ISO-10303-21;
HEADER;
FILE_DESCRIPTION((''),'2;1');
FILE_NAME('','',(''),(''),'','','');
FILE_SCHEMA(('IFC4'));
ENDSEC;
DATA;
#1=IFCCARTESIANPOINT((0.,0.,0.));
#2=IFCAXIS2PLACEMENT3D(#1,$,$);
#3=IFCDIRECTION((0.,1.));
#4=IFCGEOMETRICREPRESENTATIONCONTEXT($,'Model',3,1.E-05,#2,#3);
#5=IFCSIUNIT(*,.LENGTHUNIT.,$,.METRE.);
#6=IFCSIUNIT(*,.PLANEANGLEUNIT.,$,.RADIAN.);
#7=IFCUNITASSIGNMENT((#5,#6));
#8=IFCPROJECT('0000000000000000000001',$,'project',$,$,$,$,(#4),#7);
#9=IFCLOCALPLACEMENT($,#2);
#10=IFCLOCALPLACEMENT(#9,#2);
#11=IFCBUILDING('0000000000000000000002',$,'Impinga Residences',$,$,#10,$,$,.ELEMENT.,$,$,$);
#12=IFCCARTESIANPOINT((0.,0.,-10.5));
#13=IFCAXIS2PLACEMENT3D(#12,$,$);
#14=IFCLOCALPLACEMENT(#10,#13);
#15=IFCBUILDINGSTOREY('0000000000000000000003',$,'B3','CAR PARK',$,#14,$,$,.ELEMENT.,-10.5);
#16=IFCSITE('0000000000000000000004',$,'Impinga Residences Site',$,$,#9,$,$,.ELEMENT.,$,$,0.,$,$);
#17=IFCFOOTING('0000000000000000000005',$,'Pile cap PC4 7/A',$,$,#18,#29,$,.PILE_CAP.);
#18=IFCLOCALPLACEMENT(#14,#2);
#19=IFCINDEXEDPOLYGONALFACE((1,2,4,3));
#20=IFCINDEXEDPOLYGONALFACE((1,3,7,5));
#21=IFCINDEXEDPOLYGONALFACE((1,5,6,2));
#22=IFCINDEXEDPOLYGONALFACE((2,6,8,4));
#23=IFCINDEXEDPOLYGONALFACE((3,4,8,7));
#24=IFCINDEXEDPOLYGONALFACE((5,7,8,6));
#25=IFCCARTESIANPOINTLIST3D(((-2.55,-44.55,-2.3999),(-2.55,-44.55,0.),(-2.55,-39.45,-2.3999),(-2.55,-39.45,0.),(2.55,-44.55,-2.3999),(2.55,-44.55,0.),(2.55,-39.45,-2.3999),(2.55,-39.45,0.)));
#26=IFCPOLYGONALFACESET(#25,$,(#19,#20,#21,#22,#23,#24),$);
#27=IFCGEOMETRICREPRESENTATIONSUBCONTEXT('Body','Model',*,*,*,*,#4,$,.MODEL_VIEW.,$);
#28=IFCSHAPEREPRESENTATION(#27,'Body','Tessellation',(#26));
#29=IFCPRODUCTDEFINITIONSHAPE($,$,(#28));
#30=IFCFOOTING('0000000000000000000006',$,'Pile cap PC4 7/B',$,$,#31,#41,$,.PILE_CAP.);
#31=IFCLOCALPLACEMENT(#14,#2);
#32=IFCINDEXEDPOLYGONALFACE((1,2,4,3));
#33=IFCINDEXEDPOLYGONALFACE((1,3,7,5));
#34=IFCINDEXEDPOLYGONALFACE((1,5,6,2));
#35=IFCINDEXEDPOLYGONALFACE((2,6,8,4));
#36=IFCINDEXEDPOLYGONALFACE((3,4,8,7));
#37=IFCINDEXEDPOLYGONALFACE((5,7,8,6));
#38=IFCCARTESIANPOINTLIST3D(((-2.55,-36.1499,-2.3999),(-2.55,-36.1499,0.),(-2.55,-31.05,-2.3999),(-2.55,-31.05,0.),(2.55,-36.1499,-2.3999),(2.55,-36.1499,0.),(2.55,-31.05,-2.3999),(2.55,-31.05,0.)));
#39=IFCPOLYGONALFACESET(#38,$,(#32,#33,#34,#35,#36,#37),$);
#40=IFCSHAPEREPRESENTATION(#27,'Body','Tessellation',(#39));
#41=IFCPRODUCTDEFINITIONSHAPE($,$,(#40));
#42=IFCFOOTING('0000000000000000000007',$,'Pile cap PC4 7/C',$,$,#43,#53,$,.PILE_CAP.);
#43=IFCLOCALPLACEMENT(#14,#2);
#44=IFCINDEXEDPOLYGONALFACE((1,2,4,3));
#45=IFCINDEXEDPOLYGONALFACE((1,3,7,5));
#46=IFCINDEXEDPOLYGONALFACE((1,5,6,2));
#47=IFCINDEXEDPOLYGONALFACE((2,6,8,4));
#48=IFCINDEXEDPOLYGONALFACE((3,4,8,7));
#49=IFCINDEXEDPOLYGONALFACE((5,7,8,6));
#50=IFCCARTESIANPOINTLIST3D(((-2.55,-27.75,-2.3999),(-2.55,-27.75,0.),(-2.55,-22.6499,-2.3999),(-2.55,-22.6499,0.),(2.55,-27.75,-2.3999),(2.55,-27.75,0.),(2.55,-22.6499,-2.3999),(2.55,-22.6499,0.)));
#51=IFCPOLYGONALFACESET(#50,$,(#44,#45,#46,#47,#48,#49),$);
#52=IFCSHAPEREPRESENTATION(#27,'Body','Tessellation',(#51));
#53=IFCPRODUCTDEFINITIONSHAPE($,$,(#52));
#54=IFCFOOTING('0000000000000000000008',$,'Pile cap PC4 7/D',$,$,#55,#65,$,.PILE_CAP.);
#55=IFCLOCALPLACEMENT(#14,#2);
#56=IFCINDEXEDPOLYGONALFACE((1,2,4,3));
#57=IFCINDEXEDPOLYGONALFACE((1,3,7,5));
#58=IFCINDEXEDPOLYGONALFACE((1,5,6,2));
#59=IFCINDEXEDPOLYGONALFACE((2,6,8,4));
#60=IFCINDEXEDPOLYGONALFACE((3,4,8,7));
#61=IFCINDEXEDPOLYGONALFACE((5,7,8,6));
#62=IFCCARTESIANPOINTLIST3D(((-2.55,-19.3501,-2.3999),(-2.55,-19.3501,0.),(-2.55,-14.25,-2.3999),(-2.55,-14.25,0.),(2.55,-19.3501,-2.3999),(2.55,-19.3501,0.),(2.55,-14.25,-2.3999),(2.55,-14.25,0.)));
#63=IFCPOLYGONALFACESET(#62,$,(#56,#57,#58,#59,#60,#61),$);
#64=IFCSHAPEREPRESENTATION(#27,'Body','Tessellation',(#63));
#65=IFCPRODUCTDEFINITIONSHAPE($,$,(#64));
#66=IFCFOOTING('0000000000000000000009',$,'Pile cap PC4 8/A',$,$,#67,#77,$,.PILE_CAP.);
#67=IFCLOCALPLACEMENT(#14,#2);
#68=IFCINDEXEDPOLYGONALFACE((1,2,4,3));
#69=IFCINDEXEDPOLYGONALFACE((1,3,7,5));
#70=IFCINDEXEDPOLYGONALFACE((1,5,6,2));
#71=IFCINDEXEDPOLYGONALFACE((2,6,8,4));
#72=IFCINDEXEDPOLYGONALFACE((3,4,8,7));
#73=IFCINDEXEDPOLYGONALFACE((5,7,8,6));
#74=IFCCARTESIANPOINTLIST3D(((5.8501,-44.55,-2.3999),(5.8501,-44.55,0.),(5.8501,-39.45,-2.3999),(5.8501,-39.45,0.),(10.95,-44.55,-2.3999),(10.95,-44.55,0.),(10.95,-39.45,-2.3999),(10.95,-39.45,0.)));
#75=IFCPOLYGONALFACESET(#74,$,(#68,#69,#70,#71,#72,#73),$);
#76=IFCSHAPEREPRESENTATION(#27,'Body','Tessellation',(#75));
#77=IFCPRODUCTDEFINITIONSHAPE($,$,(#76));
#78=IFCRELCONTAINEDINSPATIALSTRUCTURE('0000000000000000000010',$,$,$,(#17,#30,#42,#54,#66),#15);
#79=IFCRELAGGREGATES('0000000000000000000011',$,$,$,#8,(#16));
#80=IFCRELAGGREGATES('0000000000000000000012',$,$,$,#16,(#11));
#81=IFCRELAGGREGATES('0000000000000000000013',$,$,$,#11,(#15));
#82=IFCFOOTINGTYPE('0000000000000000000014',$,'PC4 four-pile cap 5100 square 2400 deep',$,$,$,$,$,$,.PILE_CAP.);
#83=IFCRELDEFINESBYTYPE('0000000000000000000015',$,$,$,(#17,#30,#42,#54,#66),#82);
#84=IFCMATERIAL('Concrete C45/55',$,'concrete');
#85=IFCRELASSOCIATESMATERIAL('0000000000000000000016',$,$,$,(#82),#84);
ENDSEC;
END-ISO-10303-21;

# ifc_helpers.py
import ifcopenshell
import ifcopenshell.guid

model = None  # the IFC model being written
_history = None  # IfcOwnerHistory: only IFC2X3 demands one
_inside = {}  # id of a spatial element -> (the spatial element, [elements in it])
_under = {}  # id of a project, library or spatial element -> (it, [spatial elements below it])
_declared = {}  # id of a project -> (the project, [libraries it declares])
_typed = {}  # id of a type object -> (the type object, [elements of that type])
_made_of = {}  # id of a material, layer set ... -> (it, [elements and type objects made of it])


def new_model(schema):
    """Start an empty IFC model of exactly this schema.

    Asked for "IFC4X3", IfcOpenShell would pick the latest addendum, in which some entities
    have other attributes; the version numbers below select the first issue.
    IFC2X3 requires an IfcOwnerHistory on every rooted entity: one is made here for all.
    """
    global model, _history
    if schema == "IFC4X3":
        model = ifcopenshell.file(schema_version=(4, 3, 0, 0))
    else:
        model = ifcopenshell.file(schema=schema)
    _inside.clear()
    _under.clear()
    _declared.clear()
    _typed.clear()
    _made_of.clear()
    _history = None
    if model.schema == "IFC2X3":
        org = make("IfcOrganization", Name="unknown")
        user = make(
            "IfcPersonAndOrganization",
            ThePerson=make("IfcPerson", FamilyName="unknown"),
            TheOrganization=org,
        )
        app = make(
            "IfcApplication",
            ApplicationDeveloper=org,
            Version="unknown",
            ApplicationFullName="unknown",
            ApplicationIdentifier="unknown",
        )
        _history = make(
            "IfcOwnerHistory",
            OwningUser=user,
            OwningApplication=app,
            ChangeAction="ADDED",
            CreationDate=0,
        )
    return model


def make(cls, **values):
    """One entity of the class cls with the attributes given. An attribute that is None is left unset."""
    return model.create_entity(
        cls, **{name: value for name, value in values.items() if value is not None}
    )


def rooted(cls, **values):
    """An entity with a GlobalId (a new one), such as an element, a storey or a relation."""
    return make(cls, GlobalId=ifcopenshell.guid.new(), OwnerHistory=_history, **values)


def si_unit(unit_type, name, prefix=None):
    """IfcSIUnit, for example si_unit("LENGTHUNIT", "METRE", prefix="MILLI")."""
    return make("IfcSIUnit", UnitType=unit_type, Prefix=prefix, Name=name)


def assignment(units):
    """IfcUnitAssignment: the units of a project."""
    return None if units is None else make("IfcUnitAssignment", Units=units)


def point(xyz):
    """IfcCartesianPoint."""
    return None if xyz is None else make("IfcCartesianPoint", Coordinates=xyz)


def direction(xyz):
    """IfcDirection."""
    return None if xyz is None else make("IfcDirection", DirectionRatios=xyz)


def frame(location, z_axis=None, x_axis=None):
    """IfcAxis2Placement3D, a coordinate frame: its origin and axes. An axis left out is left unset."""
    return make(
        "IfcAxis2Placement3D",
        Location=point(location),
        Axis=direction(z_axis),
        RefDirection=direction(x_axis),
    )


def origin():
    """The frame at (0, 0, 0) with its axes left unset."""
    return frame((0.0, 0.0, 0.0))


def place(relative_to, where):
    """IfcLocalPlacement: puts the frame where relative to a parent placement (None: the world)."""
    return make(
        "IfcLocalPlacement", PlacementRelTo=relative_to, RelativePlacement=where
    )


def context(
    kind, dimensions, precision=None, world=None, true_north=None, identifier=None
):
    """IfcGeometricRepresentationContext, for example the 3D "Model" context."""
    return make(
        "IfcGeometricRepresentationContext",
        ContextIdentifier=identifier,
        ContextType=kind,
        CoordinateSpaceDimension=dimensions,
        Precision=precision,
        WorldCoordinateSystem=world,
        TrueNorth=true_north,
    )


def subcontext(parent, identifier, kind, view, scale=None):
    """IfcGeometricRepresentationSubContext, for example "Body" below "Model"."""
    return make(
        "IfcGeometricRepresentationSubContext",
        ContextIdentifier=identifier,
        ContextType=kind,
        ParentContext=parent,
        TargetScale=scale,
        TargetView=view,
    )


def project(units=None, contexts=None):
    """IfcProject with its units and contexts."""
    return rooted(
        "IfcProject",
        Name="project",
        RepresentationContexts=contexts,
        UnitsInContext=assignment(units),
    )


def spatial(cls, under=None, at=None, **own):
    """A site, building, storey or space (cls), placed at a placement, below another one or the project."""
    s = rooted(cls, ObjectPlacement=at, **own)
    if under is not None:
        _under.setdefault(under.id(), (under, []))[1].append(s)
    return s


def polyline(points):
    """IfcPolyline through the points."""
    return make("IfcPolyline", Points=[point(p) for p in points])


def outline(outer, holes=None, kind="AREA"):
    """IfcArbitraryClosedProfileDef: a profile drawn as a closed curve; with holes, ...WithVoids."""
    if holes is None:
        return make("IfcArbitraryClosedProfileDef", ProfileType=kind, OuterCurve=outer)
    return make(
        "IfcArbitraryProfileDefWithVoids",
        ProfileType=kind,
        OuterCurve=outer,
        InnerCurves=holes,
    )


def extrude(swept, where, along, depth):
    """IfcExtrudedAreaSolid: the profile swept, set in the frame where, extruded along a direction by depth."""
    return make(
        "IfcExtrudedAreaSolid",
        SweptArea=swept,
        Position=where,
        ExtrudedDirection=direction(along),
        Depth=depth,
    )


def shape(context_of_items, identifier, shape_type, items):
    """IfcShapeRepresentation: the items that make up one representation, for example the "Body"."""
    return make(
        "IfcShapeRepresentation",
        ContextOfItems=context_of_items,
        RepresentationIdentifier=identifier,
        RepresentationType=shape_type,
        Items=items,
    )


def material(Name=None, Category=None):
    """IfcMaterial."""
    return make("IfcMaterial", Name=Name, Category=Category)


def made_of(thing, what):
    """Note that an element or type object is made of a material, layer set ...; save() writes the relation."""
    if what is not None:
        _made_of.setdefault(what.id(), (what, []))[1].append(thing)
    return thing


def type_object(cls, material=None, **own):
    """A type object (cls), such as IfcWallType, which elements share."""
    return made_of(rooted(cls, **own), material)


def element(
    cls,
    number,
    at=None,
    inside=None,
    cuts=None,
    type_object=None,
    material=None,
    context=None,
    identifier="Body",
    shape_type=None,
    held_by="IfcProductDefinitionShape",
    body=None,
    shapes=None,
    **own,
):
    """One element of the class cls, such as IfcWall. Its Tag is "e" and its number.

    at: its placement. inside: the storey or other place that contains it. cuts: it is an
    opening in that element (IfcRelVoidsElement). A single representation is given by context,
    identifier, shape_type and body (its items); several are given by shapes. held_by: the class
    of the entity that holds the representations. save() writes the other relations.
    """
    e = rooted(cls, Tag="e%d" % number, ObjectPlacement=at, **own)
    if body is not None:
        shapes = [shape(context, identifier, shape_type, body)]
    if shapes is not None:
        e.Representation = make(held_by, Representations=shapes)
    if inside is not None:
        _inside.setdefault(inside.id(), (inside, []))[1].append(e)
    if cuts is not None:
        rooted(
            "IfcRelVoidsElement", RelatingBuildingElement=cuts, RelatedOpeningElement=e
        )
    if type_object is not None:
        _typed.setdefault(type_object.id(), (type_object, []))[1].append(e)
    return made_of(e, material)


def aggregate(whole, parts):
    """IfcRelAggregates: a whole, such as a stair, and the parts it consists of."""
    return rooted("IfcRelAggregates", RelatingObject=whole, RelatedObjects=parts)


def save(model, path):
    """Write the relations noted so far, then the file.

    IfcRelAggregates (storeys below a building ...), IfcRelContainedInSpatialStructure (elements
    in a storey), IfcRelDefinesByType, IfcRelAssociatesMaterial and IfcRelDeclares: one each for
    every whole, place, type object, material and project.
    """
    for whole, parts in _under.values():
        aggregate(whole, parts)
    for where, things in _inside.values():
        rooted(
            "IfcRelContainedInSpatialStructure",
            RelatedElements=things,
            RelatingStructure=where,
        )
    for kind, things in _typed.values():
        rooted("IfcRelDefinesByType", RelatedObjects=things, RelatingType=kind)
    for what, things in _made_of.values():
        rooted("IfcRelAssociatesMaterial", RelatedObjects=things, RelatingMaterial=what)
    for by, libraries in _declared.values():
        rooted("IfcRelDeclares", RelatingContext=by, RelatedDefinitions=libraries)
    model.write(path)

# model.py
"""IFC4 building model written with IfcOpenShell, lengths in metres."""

from ifc_helpers import new_model, si_unit, direction, frame, origin, place, context, subcontext, project, spatial, polyline, outline, extrude, material, type_object, element, save


model = new_model("IFC4")

# Units and contexts
model_context = context("Model", 3, precision=1e-05, world=origin(), true_north=direction((0.0, 1.0)))
body_context = subcontext(model_context, "Body", "Model", "MODEL_VIEW")
ifc_project = project(units=[si_unit("LENGTHUNIT", "METRE"), si_unit("PLANEANGLEUNIT", "RADIAN")], contexts=[model_context])

# Site, building, storey
site_placement = place(None, origin())
site = spatial("IfcSite", under=ifc_project, at=site_placement, Name="Impinga Residences Site", CompositionType="ELEMENT", RefElevation=0.0)
building_placement = place(site_placement, origin())
building = spatial("IfcBuilding", under=site, at=building_placement, Name="Impinga Residences", CompositionType="ELEMENT")
storey_placement = place(building_placement, frame((0.0, 0.0, -10.5)))
storey = spatial("IfcBuildingStorey", under=building, at=storey_placement, Name="B3", Description="CAR PARK", CompositionType="ELEMENT", Elevation=-10.5)

# Footings
ifc_material = material(Name="Concrete C45/55", Category="concrete")
footing_type = type_object("IfcFootingType", Name="PC4 four-pile cap 5100 square 2400 deep", PredefinedType="PILE_CAP", material=ifc_material)
footing_1_placement = place(storey_placement, frame((0.0, 0.0, -2.3999)))
element("IfcFooting", 1, at=footing_1_placement, inside=storey, type_object=footing_type, Name="Pile cap PC4 7/A", PredefinedType="PILE_CAP", context=body_context, shape_type="SweptSolid", body=[
    extrude(outline(polyline([(2.55, -44.55), (2.55, -39.45), (-2.55, -39.45), (-2.55, -44.55), (2.55, -44.55)])), origin(), (0.0, 0.0, 1.0), 2.3999),
])
footing_2_placement = place(storey_placement, frame((0.0, 0.0, -2.3999)))
element("IfcFooting", 2, at=footing_2_placement, inside=storey, type_object=footing_type, Name="Pile cap PC4 7/B", PredefinedType="PILE_CAP", context=body_context, shape_type="SweptSolid", body=[
    extrude(outline(polyline([(2.55, -36.1499), (2.55, -31.05), (-2.55, -31.05), (-2.55, -36.1499), (2.55, -36.1499)])), origin(), (0.0, 0.0, 1.0), 2.3999),
])
footing_3_placement = place(storey_placement, frame((0.0, 0.0, -2.3999)))
element("IfcFooting", 3, at=footing_3_placement, inside=storey, type_object=footing_type, Name="Pile cap PC4 7/C", PredefinedType="PILE_CAP", context=body_context, shape_type="SweptSolid", body=[
    extrude(outline(polyline([(2.55, -27.75), (2.55, -22.6499), (-2.55, -22.6499), (-2.55, -27.75), (2.55, -27.75)])), origin(), (0.0, 0.0, 1.0), 2.3999),
])
footing_4_placement = place(storey_placement, frame((0.0, 0.0, -2.3999)))
element("IfcFooting", 4, at=footing_4_placement, inside=storey, type_object=footing_type, Name="Pile cap PC4 7/D", PredefinedType="PILE_CAP", context=body_context, shape_type="SweptSolid", body=[
    extrude(outline(polyline([(2.55, -19.3501), (2.55, -14.25), (-2.55, -14.25), (-2.55, -19.3501), (2.55, -19.3501)])), origin(), (0.0, 0.0, 1.0), 2.3999),
])
footing_5_placement = place(storey_placement, frame((0.0, 0.0, -2.3999)))
element("IfcFooting", 5, at=footing_5_placement, inside=storey, type_object=footing_type, Name="Pile cap PC4 8/A", PredefinedType="PILE_CAP", context=body_context, shape_type="SweptSolid", body=[
    extrude(outline(polyline([(10.95, -44.55), (10.95, -39.45), (5.8501, -39.45), (5.8501, -44.55), (10.95, -44.55)])), origin(), (0.0, 0.0, 1.0), 2.3999),
])

save(model, "model.ifc")
